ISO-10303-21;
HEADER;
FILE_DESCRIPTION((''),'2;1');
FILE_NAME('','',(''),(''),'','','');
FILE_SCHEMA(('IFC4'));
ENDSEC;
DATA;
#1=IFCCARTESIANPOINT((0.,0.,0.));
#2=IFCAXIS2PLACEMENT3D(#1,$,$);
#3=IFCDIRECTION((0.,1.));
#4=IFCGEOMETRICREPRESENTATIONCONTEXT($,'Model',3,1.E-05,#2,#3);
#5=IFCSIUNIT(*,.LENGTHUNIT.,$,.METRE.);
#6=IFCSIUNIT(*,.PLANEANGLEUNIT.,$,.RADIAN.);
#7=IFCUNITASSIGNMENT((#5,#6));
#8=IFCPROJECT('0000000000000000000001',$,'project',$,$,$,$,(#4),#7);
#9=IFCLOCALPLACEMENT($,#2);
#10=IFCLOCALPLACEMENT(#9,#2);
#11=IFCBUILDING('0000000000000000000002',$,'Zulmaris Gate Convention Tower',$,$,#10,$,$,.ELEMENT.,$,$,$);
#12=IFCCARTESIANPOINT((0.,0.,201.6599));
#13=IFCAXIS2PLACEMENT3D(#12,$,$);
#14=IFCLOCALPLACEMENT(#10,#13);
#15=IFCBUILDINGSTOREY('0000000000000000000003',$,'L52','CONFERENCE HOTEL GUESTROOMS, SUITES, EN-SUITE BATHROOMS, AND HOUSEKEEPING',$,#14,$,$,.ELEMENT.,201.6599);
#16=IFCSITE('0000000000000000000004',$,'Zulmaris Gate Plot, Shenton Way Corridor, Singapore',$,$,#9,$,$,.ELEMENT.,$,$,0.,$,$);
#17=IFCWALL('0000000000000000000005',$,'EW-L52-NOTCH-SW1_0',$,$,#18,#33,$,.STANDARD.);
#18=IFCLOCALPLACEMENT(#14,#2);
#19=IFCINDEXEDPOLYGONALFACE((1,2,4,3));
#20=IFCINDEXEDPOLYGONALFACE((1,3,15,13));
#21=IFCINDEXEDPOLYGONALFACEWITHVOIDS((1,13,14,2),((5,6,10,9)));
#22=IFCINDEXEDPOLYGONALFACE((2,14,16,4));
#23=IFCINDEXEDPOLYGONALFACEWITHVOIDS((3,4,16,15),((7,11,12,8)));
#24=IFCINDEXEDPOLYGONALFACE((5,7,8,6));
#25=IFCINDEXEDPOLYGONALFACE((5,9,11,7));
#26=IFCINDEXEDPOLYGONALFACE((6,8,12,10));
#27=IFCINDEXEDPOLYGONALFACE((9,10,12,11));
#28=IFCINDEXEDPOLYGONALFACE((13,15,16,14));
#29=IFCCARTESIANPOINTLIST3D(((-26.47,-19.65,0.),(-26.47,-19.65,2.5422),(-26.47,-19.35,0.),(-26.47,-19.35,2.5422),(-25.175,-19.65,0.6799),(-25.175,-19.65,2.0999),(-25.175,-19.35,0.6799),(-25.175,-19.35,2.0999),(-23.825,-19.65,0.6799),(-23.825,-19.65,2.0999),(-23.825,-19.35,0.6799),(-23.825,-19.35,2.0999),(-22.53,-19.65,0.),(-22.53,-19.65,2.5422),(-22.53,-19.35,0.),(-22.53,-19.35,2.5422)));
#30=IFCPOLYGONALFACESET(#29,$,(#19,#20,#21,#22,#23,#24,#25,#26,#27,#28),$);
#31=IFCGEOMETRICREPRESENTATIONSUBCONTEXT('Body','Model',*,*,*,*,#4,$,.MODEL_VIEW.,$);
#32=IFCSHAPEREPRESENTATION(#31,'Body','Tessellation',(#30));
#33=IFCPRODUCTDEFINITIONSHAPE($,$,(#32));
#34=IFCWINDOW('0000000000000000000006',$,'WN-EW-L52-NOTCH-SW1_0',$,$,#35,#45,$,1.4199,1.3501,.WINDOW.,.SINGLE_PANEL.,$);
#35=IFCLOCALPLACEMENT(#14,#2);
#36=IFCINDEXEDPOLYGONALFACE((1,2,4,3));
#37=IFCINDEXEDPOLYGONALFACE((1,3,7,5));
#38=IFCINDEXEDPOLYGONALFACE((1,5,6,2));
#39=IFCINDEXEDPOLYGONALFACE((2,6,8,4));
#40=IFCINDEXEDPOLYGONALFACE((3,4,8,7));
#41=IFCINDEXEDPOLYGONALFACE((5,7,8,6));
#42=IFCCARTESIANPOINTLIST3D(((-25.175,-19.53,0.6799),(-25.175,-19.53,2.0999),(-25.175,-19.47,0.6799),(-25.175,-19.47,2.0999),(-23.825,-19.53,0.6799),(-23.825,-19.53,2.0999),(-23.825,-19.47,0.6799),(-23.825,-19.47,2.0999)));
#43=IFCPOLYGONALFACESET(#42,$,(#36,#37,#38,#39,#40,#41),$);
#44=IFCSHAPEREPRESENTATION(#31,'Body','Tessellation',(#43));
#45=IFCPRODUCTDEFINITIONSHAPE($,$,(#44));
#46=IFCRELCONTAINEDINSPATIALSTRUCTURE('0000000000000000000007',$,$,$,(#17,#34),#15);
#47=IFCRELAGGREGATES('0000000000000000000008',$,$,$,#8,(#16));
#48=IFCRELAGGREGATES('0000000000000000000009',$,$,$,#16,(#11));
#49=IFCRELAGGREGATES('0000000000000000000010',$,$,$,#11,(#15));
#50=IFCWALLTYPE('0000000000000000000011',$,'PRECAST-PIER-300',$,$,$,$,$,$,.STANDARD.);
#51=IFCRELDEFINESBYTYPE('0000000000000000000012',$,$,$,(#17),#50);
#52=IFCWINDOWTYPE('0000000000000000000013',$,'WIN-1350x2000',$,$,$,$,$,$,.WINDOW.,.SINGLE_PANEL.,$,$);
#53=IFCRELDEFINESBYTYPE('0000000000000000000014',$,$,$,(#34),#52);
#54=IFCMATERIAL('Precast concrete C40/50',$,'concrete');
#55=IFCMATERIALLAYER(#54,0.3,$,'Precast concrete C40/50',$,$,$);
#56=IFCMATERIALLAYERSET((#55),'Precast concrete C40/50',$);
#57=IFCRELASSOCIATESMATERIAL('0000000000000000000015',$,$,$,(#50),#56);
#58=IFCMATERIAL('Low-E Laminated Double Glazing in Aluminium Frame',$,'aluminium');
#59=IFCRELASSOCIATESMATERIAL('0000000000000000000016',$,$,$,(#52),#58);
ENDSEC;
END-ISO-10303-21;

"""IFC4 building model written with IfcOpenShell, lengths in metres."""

from ifc_helpers import new_model, si_unit, direction, frame, frame_2d, origin, place, context, subcontext, project, spatial, rectangle, extrude, material, layer, layer_set, type_object, element, fill, save


model = new_model("IFC4")

# Units and contexts
model_context = context("Model", 3, precision=1e-05, world=origin(), true_north=direction((0.0, 1.0)))
body_context = subcontext(model_context, "Body", "Model", "MODEL_VIEW")
ifc_project = project(units=[si_unit("LENGTHUNIT", "METRE"), si_unit("PLANEANGLEUNIT", "RADIAN")], contexts=[model_context])

# Site, building, storey
site_placement = place(None, origin())
site = spatial("IfcSite", under=ifc_project, at=site_placement, Name="Zulmaris Gate Plot, Shenton Way Corridor, Singapore", CompositionType="ELEMENT", RefElevation=0.0)
building_placement = place(site_placement, origin())
building = spatial("IfcBuilding", under=site, at=building_placement, Name="Zulmaris Gate Convention Tower", CompositionType="ELEMENT")
storey_placement = place(building_placement, frame((0.0, 0.0, 201.6599)))
storey = spatial("IfcBuildingStorey", under=building, at=storey_placement, Name="L52", Description="CONFERENCE HOTEL GUESTROOMS, SUITES, EN-SUITE BATHROOMS, AND HOUSEKEEPING", CompositionType="ELEMENT", Elevation=201.6599)

# Wall, opening, window
ifc_material_1 = material(Name="Precast concrete C40/50", Category="concrete")
ifc_layer_1 = layer(ifc_material_1, 0.3, Name="Precast concrete C40/50")
ifc_layer_set_1 = layer_set([ifc_layer_1], Name="Precast concrete C40/50")
wall_type_1 = type_object("IfcWallType", Name="PRECAST-PIER-300", PredefinedType="STANDARD", material=ifc_layer_set_1)
wall_1_placement = place(storey_placement, frame((-26.47, -19.5, 0.0), z_axis=(0.0, 0.0, 1.0), x_axis=(1.0, 0.0, 0.0)))
wall_1 = element("IfcWall", 1, at=wall_1_placement, inside=storey, type_object=wall_type_1, Name="EW-L52-NOTCH-SW1_0", PredefinedType="STANDARD", context=body_context, shape_type="SweptSolid", body=[
    extrude(rectangle(XDim=3.9399, YDim=0.3, at=frame_2d((1.97, 0.0))), origin(), (0.0, 0.0, 1.0), 2.5422),
])
opening_1_placement = place(wall_1_placement, frame((1.2949, 0.0, 0.6799)))
opening_1 = element("IfcOpeningElement", 2, at=opening_1_placement, cuts=wall_1, PredefinedType="OPENING", context=body_context, shape_type="SweptSolid", body=[
    extrude(rectangle(XDim=1.3501, YDim=1.4199, at=frame_2d((0.675, 0.71))), frame((0.0, 0.1602, 0.0), z_axis=(0.0, -1.0, 0.0), x_axis=(1.0, 0.0, 0.0)), (0.0, 0.0, 1.0), 0.3201),
])
ifc_material_2 = material(Name="Low-E Laminated Double Glazing in Aluminium Frame", Category="aluminium")
window_type = type_object("IfcWindowType", Name="WIN-1350x2000", PartitioningType="SINGLE_PANEL", PredefinedType="WINDOW", material=ifc_material_2)
window_placement = place(opening_1_placement, origin())
window = element("IfcWindow", 3, at=window_placement, inside=storey, type_object=window_type, Name="WN-EW-L52-NOTCH-SW1_0", OverallHeight=1.4199, OverallWidth=1.3501, PartitioningType="SINGLE_PANEL", PredefinedType="WINDOW", context=body_context, shape_type="SweptSolid", body=[
    extrude(rectangle(XDim=1.3501, YDim=1.4199, at=frame_2d((0.675, 0.71))), frame((0.0, 0.03, 0.0), z_axis=(0.0, -1.0, 0.0), x_axis=(1.0, 0.0, 0.0)), (0.0, 0.0, 1.0), 0.0601),
])
fill(opening_1, window)

save(model, "model.ifc")
